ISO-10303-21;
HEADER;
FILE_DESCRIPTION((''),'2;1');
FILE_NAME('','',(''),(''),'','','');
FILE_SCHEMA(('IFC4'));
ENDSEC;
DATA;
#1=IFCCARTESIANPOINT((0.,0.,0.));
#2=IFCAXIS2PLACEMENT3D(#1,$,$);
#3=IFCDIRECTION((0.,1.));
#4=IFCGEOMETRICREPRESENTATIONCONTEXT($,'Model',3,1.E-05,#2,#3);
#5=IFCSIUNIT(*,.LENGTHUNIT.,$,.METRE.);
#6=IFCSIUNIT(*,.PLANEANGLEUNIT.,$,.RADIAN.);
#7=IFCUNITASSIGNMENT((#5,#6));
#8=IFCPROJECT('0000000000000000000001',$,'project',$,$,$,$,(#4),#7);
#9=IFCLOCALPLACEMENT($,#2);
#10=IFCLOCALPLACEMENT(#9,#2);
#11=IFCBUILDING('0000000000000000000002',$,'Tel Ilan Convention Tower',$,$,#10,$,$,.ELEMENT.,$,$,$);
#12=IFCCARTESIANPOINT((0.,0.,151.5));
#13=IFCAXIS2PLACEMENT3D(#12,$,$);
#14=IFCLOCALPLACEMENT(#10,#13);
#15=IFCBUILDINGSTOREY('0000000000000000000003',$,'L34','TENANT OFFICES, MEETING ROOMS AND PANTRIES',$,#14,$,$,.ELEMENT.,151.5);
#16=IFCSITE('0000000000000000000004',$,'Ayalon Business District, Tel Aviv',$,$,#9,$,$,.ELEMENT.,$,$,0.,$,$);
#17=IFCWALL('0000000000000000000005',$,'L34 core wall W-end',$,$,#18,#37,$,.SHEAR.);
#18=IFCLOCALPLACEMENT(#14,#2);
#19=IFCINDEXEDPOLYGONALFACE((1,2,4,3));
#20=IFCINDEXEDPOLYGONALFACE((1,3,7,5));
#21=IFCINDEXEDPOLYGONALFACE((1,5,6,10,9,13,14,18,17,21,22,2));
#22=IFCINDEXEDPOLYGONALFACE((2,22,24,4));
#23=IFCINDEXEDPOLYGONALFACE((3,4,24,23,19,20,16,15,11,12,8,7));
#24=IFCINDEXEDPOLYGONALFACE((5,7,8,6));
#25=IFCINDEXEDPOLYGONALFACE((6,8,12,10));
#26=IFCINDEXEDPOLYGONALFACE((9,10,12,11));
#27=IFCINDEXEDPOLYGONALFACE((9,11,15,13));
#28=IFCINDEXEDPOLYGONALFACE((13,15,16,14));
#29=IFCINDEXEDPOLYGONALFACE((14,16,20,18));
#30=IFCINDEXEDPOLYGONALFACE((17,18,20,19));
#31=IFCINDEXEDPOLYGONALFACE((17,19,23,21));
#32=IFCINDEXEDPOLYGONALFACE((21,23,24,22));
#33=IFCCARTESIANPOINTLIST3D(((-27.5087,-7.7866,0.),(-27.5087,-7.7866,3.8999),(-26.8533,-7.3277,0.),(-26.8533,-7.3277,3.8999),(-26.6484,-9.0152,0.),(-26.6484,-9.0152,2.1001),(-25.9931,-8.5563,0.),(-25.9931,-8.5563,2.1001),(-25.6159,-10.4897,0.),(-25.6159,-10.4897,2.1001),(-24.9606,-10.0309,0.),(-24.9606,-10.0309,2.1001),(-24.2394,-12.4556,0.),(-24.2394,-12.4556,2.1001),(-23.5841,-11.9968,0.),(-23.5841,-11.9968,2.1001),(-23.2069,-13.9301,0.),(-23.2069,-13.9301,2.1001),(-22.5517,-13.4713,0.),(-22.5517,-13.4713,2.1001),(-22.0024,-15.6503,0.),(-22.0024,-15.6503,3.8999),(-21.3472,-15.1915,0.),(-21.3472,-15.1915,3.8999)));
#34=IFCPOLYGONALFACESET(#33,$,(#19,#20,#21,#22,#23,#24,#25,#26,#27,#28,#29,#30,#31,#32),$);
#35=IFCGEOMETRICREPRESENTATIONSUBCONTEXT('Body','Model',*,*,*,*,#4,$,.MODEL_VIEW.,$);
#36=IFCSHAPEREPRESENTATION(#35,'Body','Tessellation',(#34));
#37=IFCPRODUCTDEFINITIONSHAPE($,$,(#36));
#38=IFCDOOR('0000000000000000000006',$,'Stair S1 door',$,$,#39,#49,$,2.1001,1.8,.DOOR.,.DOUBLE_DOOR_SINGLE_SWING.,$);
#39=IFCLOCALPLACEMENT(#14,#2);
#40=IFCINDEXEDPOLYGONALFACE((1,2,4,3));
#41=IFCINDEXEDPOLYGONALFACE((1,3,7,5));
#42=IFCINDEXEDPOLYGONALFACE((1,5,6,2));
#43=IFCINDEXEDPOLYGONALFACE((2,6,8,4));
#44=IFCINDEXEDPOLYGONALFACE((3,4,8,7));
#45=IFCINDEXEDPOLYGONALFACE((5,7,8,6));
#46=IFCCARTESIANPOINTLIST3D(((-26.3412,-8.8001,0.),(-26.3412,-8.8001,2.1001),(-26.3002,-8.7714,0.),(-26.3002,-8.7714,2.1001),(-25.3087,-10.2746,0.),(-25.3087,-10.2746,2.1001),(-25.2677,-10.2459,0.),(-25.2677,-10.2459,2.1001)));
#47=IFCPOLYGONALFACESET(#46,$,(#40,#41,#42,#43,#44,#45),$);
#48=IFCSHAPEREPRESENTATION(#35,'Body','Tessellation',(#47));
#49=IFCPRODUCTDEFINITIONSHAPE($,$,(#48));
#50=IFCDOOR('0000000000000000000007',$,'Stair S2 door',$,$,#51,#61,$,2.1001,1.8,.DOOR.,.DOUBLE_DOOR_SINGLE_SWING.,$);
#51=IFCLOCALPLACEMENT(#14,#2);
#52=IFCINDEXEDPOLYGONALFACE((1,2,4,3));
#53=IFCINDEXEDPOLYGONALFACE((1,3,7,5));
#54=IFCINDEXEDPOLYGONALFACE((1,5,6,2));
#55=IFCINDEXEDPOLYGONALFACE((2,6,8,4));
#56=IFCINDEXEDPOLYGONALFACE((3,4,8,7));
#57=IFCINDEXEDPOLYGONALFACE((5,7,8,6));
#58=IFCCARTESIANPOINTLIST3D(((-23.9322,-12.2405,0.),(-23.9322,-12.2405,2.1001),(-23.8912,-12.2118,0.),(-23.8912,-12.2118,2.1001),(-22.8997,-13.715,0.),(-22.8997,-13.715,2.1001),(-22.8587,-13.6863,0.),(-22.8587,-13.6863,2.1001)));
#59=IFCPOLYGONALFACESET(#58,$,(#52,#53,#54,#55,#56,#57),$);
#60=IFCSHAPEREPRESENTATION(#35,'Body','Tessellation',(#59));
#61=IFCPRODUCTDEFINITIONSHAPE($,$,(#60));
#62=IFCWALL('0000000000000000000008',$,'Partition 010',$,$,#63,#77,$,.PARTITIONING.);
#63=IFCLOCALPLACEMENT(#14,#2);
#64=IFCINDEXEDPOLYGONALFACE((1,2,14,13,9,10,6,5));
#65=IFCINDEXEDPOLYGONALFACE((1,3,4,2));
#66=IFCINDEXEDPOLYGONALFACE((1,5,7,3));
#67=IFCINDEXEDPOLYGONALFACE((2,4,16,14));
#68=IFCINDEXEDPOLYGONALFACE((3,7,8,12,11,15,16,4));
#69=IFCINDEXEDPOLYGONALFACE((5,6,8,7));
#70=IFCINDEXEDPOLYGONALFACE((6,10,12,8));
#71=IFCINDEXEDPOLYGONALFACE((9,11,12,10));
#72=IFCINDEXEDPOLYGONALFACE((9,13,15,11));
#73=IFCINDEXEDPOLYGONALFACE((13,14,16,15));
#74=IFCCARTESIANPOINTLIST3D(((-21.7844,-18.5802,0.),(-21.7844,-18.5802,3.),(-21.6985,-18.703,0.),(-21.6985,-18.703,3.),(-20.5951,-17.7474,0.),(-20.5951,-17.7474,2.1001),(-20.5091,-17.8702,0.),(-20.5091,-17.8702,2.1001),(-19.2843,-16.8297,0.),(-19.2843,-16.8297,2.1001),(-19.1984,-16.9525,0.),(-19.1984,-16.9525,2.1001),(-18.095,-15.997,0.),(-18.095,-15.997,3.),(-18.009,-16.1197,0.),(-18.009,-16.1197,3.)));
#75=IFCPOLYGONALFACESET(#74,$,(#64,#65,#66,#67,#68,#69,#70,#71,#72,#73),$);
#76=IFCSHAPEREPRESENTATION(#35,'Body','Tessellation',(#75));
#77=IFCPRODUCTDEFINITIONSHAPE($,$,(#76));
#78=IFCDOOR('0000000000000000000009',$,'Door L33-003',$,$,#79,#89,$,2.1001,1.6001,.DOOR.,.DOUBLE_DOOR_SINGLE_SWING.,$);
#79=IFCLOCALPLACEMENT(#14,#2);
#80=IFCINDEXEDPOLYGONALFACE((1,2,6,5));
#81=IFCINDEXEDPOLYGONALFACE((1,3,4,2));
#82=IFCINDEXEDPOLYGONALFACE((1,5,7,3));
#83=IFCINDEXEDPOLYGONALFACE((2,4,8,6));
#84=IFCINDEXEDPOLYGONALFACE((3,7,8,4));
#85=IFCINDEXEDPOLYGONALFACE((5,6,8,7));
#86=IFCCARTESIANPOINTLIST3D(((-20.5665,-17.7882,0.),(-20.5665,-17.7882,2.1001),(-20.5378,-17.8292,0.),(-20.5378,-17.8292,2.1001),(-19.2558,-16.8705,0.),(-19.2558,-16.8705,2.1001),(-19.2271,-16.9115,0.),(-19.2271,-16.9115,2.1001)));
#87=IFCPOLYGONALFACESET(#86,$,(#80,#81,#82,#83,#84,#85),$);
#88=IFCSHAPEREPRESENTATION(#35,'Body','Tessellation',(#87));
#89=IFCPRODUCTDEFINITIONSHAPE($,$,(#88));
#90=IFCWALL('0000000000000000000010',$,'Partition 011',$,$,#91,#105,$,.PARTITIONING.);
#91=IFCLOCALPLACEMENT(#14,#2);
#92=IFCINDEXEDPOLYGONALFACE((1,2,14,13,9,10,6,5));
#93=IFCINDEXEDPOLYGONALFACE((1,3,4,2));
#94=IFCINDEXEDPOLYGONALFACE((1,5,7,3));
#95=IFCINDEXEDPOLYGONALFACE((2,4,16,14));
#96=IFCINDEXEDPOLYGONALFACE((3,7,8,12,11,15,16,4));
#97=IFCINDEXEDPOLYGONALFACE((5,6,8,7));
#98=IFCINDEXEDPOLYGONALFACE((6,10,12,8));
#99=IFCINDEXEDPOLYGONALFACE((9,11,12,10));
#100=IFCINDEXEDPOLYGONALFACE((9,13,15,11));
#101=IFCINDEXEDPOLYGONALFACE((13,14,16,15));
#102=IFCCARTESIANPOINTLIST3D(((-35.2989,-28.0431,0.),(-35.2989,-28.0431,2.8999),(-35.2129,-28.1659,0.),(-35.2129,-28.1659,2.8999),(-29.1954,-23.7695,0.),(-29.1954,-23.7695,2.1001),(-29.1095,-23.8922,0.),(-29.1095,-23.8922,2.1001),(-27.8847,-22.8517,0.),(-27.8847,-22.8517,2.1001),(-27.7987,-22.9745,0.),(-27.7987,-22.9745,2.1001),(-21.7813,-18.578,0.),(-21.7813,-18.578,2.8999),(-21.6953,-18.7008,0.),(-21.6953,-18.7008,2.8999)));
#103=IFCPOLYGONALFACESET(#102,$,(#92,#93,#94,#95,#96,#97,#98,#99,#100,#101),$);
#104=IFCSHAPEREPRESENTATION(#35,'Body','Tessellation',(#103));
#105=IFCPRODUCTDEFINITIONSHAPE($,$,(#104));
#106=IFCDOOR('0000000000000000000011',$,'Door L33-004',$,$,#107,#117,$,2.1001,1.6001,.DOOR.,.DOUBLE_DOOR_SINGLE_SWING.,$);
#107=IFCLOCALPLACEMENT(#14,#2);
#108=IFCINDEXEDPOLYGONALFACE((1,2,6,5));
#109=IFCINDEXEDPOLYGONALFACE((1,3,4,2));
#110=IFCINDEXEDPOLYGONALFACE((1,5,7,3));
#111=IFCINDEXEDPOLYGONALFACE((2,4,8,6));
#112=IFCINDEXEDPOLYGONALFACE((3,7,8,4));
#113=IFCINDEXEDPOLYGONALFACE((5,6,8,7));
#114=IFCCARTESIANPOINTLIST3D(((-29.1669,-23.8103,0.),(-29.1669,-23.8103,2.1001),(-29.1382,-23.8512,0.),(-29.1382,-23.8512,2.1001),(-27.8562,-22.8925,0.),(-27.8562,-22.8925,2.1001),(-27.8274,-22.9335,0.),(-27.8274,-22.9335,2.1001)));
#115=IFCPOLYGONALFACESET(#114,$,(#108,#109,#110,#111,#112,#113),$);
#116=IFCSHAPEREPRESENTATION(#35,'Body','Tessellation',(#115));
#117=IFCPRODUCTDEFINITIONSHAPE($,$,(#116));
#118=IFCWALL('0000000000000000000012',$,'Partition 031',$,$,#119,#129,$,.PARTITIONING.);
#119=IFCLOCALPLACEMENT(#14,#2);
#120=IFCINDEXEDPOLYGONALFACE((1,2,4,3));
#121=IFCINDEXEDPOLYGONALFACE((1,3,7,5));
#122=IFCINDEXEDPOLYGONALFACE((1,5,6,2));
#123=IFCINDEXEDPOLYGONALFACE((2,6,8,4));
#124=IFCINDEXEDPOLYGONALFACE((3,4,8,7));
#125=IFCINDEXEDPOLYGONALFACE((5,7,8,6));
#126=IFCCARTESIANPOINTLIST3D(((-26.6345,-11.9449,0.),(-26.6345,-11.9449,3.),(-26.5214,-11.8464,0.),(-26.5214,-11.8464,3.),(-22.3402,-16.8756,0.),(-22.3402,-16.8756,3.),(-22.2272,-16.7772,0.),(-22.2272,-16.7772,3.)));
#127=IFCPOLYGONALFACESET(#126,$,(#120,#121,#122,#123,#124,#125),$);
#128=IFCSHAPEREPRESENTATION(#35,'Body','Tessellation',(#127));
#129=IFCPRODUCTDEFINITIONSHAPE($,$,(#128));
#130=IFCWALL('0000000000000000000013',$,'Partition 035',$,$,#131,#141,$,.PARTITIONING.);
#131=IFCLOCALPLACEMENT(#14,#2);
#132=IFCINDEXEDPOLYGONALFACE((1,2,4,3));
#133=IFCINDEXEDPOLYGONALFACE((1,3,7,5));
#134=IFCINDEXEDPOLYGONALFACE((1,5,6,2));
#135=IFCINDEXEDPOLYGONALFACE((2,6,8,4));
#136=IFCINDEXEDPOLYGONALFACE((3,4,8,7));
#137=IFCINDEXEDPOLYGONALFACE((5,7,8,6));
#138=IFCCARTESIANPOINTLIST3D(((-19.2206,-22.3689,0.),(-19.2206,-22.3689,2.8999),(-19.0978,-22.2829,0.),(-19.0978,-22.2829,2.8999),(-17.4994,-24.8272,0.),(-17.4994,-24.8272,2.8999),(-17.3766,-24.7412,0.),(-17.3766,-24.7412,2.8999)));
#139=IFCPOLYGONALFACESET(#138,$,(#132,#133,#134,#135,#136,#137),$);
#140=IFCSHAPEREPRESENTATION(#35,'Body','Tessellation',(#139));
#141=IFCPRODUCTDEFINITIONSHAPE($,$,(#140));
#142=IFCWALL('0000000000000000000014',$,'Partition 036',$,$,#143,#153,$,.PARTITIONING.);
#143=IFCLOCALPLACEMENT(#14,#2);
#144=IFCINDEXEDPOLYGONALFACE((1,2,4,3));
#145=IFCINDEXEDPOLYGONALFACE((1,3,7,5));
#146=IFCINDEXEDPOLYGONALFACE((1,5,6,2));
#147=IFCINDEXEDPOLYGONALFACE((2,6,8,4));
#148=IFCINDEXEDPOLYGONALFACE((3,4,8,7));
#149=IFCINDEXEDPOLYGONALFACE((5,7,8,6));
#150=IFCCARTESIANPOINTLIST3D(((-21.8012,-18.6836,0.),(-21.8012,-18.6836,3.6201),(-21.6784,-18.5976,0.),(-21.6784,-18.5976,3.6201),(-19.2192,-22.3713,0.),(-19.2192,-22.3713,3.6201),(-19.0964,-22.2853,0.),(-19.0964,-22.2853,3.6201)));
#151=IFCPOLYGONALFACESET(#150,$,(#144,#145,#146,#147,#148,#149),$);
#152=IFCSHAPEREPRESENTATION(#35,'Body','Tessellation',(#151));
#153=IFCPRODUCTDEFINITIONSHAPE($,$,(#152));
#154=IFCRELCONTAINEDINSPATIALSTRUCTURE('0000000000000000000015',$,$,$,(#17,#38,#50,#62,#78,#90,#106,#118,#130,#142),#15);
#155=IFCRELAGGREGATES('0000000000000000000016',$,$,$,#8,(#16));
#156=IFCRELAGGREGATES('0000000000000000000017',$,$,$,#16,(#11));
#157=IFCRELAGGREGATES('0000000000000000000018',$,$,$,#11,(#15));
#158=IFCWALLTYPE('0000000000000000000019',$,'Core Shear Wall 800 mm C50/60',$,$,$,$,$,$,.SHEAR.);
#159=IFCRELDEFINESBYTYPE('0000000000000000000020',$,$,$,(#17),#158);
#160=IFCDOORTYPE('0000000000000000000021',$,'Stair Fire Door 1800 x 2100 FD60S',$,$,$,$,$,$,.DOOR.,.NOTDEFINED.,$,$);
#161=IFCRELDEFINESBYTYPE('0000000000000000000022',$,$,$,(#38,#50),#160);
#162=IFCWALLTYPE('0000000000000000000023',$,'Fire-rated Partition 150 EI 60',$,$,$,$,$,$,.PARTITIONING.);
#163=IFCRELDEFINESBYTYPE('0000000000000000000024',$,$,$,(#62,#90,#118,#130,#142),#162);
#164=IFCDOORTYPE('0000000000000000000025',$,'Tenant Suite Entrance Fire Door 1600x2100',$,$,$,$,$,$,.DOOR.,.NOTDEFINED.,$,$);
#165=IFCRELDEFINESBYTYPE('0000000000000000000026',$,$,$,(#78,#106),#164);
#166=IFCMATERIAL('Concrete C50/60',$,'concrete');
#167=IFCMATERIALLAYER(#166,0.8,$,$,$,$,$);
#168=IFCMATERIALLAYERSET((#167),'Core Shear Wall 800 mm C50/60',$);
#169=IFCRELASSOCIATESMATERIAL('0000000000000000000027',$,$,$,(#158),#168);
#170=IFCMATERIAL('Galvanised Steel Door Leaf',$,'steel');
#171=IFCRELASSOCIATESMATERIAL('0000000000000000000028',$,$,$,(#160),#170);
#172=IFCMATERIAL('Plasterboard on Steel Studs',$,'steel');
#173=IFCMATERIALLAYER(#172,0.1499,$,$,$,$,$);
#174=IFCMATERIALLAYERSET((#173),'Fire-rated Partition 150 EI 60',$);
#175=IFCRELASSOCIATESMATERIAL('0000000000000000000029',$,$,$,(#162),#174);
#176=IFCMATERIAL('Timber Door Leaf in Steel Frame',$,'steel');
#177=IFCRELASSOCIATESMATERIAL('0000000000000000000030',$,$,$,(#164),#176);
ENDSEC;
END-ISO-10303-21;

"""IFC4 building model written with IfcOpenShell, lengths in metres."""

from ifc_helpers import new_model, si_unit, direction, frame, frame_2d, origin, place, context, subcontext, project, spatial, polyline, rectangle, outline, extrude, material, layer, layer_set, type_object, element, fill, save


model = new_model("IFC4")

# Units and contexts
model_context = context("Model", 3, precision=1e-05, world=origin(), true_north=direction((0.0, 1.0)))
body_context = subcontext(model_context, "Body", "Model", "MODEL_VIEW")
ifc_project = project(units=[si_unit("LENGTHUNIT", "METRE"), si_unit("PLANEANGLEUNIT", "RADIAN")], contexts=[model_context])

# Site, building, storey
site_placement = place(None, origin())
site = spatial("IfcSite", under=ifc_project, at=site_placement, Name="Ayalon Business District, Tel Aviv", CompositionType="ELEMENT", RefElevation=0.0)
building_placement = place(site_placement, origin())
building = spatial("IfcBuilding", under=site, at=building_placement, Name="Tel Ilan Convention Tower", CompositionType="ELEMENT")
storey_placement = place(building_placement, frame((0.0, 0.0, 151.5)))
storey = spatial("IfcBuildingStorey", under=building, at=storey_placement, Name="L34", Description="TENANT OFFICES, MEETING ROOMS AND PANTRIES", CompositionType="ELEMENT", Elevation=151.5)

# Wall, openings, doors
ifc_material_1 = material(Name="Concrete C50/60", Category="concrete")
ifc_layer_1 = layer(ifc_material_1, 0.8)
ifc_layer_set_1 = layer_set([ifc_layer_1], Name="Core Shear Wall 800 mm C50/60")
wall_type_1 = type_object("IfcWallType", Name="Core Shear Wall 800 mm C50/60", PredefinedType="SHEAR", material=ifc_layer_set_1)
wall_1_placement = place(storey_placement, frame((-21.6748, -15.4209, 0.0), z_axis=(0.0, 0.0, 1.0), x_axis=(-0.573582, 0.819148, 0.0)))
wall_1 = element("IfcWall", 1, at=wall_1_placement, inside=storey, type_object=wall_type_1, Name="L34 core wall W-end", PredefinedType="SHEAR", context=body_context, shape_type="SweptSolid", body=[
    extrude(outline(polyline([(0.0, 0.3999), (0.0, -0.3999), (9.5999, -0.4001), (9.5999, 0.3999), (0.0, 0.3999)])), origin(), (0.0, 0.0, 1.0), 3.8999),
])
opening_1_placement = place(wall_1_placement, frame((6.3, 0.0, 0.0)))
opening_1 = element("IfcOpeningElement", 2, at=opening_1_placement, cuts=wall_1, PredefinedType="OPENING", context=body_context, shape_type="SweptSolid", body=[
    extrude(rectangle(XDim=1.8, YDim=2.1001, at=frame_2d((0.8999, 1.05))), frame((0.0, 0.4099, 0.0), z_axis=(0.0, -1.0, 0.0), x_axis=(1.0, 0.0, 0.0)), (0.0, 0.0, 1.0), 0.8201),
])
opening_2_placement = place(wall_1_placement, frame((2.1001, 0.0, 0.0)))
opening_2 = element("IfcOpeningElement", 3, at=opening_2_placement, cuts=wall_1, PredefinedType="OPENING", context=body_context, shape_type="SweptSolid", body=[
    extrude(rectangle(XDim=1.8, YDim=2.1001, at=frame_2d((0.8999, 1.05))), frame((0.0, 0.4099, 0.0), z_axis=(0.0, -1.0, 0.0), x_axis=(1.0, 0.0, 0.0)), (0.0, 0.0, 1.0), 0.8201),
])
ifc_material_2 = material(Name="Galvanised Steel Door Leaf", Category="steel")
door_type_1 = type_object("IfcDoorType", Name="Stair Fire Door 1800 x 2100 FD60S", OperationType="NOTDEFINED", PredefinedType="DOOR", material=ifc_material_2)
door_1_placement = place(opening_1_placement, origin())
door_1 = element("IfcDoor", 4, at=door_1_placement, inside=storey, type_object=door_type_1, Name="Stair S1 door", OperationType="DOUBLE_DOOR_SINGLE_SWING", OverallHeight=2.1001, OverallWidth=1.8, PredefinedType="DOOR", context=body_context, shape_type="SweptSolid", body=[
    extrude(rectangle(XDim=1.8, YDim=2.1001, at=frame_2d((0.8999, 1.05))), frame((0.0, 0.0249, 0.0), z_axis=(0.0, -1.0, 0.0), x_axis=(1.0, 0.0, 0.0)), (0.0, 0.0, 1.0), 0.05),
])
fill(opening_1, door_1)
door_2_placement = place(opening_2_placement, origin())
door_2 = element("IfcDoor", 5, at=door_2_placement, inside=storey, type_object=door_type_1, Name="Stair S2 door", OperationType="DOUBLE_DOOR_SINGLE_SWING", OverallHeight=2.1001, OverallWidth=1.8, PredefinedType="DOOR", context=body_context, shape_type="SweptSolid", body=[
    extrude(rectangle(XDim=1.8, YDim=2.1001, at=frame_2d((0.8999, 1.05))), frame((0.0, 0.0249, 0.0), z_axis=(0.0, -1.0, 0.0), x_axis=(1.0, 0.0, 0.0)), (0.0, 0.0, 1.0), 0.05),
])
fill(opening_2, door_2)

# Walls, openings, doors
ifc_material_3 = material(Name="Plasterboard on Steel Studs", Category="steel")
ifc_layer_2 = layer(ifc_material_3, 0.1499)
ifc_layer_set_2 = layer_set([ifc_layer_2], Name="Fire-rated Partition 150 EI 60")
wall_type_2 = type_object("IfcWallType", Name="Fire-rated Partition 150 EI 60", PredefinedType="PARTITIONING", material=ifc_layer_set_2)
wall_2_placement = place(storey_placement, frame((-18.052, -16.0583, 0.0), z_axis=(0.0, 0.0, 1.0), x_axis=(-0.819166, -0.573557, 0.0)))
wall_2 = element("IfcWall", 6, at=wall_2_placement, inside=storey, type_object=wall_type_2, Name="Partition 010", PredefinedType="PARTITIONING", context=body_context, shape_type="SweptSolid", body=[
    extrude(rectangle(XDim=4.5039, YDim=0.1499, at=frame_2d((2.252, 0.0))), origin(), (0.0, 0.0, 1.0), 3.0),
])
opening_3_placement = place(wall_2_placement, frame((1.4519, 0.0, 0.0)))
opening_3 = element("IfcOpeningElement", 7, at=opening_3_placement, cuts=wall_2, PredefinedType="OPENING", context=body_context, shape_type="SweptSolid", body=[
    extrude(rectangle(XDim=1.6001, YDim=2.1001, at=frame_2d((0.8, 1.05))), frame((0.0, 0.085, 0.0), z_axis=(0.0, -1.0, 0.0), x_axis=(1.0, 0.0, 0.0)), (0.0, 0.0, 1.0), 0.1699),
])
ifc_material_4 = material(Name="Timber Door Leaf in Steel Frame", Category="steel")
door_type_2 = type_object("IfcDoorType", Name="Tenant Suite Entrance Fire Door 1600x2100", OperationType="NOTDEFINED", PredefinedType="DOOR", material=ifc_material_4)
door_3_placement = place(opening_3_placement, origin())
door_3 = element("IfcDoor", 8, at=door_3_placement, inside=storey, type_object=door_type_2, Name="Door L33-003", OperationType="DOUBLE_DOOR_SINGLE_SWING", OverallHeight=2.1001, OverallWidth=1.6001, PredefinedType="DOOR", context=body_context, shape_type="SweptSolid", body=[
    extrude(rectangle(XDim=1.6001, YDim=2.1001, at=frame_2d((0.8, 1.05))), frame((0.0, 0.0249, 0.0), z_axis=(0.0, -1.0, 0.0), x_axis=(1.0, 0.0, 0.0)), (0.0, 0.0, 1.0), 0.05),
])
fill(opening_3, door_3)
wall_3_placement = place(storey_placement, frame((-21.7383, -18.6394, 0.0), z_axis=(0.0, 0.0, 1.0), x_axis=(-0.819153, -0.573576, 0.0)))
wall_3 = element("IfcWall", 9, at=wall_3_placement, inside=storey, type_object=wall_type_2, Name="Partition 011", PredefinedType="PARTITIONING", context=body_context, shape_type="SweptSolid", body=[
    extrude(rectangle(XDim=16.502, YDim=0.1499, at=frame_2d((8.251, 0.0))), origin(), (0.0, 0.0, 1.0), 2.8999),
])
opening_4_placement = place(wall_3_placement, frame((7.4509, 0.0, 0.0)))
opening_4 = element("IfcOpeningElement", 10, at=opening_4_placement, cuts=wall_3, PredefinedType="OPENING", context=body_context, shape_type="SweptSolid", body=[
    extrude(rectangle(XDim=1.6001, YDim=2.1001, at=frame_2d((0.8, 1.05))), frame((0.0, 0.085, 0.0), z_axis=(0.0, -1.0, 0.0), x_axis=(1.0, 0.0, 0.0)), (0.0, 0.0, 1.0), 0.1699),
])
door_4_placement = place(opening_4_placement, origin())
door_4 = element("IfcDoor", 11, at=door_4_placement, inside=storey, type_object=door_type_2, Name="Door L33-004", OperationType="DOUBLE_DOOR_SINGLE_SWING", OverallHeight=2.1001, OverallWidth=1.6001, PredefinedType="DOOR", context=body_context, shape_type="SweptSolid", body=[
    extrude(rectangle(XDim=1.6001, YDim=2.1001, at=frame_2d((0.8, 1.05))), frame((0.0, 0.0249, 0.0), z_axis=(0.0, -1.0, 0.0), x_axis=(1.0, 0.0, 0.0)), (0.0, 0.0, 1.0), 0.05),
])
fill(opening_4, door_4)

# Walls
wall_4_placement = place(storey_placement, frame((-22.2837, -16.8264, 0.0), z_axis=(0.0, 0.0, 1.0), x_axis=(-0.656758, 0.754101, 0.0)))
element("IfcWall", 12, at=wall_4_placement, inside=storey, type_object=wall_type_2, Name="Partition 031", PredefinedType="PARTITIONING", context=body_context, shape_type="SweptSolid", body=[
    extrude(rectangle(XDim=6.5386, YDim=0.1499, at=frame_2d((3.2693, 0.0))), origin(), (0.0, 0.0, 1.0), 3.0),
])
wall_5_placement = place(storey_placement, frame((-17.438, -24.7842, 0.0), z_axis=(0.0, 0.0, 1.0), x_axis=(-0.573555, 0.819167, 0.0)))
element("IfcWall", 13, at=wall_5_placement, inside=storey, type_object=wall_type_2, Name="Partition 035", PredefinedType="PARTITIONING", context=body_context, shape_type="SweptSolid", body=[
    extrude(rectangle(XDim=3.001, YDim=0.1499, at=frame_2d((1.5005, 0.0))), origin(), (0.0, 0.0, 1.0), 2.8999),
])
wall_6_placement = place(storey_placement, frame((-19.1577, -22.3284, 0.0), z_axis=(0.0, 0.0, 1.0), x_axis=(-0.573553, 0.819168, 0.0)))
element("IfcWall", 14, at=wall_6_placement, inside=storey, type_object=wall_type_2, Name="Partition 036", PredefinedType="PARTITIONING", context=body_context, shape_type="SweptSolid", body=[
    extrude(rectangle(XDim=4.5017, YDim=0.1499, at=frame_2d((2.251, 0.0))), origin(), (0.0, 0.0, 1.0), 3.6201),
])

save(model, "model.ifc")
